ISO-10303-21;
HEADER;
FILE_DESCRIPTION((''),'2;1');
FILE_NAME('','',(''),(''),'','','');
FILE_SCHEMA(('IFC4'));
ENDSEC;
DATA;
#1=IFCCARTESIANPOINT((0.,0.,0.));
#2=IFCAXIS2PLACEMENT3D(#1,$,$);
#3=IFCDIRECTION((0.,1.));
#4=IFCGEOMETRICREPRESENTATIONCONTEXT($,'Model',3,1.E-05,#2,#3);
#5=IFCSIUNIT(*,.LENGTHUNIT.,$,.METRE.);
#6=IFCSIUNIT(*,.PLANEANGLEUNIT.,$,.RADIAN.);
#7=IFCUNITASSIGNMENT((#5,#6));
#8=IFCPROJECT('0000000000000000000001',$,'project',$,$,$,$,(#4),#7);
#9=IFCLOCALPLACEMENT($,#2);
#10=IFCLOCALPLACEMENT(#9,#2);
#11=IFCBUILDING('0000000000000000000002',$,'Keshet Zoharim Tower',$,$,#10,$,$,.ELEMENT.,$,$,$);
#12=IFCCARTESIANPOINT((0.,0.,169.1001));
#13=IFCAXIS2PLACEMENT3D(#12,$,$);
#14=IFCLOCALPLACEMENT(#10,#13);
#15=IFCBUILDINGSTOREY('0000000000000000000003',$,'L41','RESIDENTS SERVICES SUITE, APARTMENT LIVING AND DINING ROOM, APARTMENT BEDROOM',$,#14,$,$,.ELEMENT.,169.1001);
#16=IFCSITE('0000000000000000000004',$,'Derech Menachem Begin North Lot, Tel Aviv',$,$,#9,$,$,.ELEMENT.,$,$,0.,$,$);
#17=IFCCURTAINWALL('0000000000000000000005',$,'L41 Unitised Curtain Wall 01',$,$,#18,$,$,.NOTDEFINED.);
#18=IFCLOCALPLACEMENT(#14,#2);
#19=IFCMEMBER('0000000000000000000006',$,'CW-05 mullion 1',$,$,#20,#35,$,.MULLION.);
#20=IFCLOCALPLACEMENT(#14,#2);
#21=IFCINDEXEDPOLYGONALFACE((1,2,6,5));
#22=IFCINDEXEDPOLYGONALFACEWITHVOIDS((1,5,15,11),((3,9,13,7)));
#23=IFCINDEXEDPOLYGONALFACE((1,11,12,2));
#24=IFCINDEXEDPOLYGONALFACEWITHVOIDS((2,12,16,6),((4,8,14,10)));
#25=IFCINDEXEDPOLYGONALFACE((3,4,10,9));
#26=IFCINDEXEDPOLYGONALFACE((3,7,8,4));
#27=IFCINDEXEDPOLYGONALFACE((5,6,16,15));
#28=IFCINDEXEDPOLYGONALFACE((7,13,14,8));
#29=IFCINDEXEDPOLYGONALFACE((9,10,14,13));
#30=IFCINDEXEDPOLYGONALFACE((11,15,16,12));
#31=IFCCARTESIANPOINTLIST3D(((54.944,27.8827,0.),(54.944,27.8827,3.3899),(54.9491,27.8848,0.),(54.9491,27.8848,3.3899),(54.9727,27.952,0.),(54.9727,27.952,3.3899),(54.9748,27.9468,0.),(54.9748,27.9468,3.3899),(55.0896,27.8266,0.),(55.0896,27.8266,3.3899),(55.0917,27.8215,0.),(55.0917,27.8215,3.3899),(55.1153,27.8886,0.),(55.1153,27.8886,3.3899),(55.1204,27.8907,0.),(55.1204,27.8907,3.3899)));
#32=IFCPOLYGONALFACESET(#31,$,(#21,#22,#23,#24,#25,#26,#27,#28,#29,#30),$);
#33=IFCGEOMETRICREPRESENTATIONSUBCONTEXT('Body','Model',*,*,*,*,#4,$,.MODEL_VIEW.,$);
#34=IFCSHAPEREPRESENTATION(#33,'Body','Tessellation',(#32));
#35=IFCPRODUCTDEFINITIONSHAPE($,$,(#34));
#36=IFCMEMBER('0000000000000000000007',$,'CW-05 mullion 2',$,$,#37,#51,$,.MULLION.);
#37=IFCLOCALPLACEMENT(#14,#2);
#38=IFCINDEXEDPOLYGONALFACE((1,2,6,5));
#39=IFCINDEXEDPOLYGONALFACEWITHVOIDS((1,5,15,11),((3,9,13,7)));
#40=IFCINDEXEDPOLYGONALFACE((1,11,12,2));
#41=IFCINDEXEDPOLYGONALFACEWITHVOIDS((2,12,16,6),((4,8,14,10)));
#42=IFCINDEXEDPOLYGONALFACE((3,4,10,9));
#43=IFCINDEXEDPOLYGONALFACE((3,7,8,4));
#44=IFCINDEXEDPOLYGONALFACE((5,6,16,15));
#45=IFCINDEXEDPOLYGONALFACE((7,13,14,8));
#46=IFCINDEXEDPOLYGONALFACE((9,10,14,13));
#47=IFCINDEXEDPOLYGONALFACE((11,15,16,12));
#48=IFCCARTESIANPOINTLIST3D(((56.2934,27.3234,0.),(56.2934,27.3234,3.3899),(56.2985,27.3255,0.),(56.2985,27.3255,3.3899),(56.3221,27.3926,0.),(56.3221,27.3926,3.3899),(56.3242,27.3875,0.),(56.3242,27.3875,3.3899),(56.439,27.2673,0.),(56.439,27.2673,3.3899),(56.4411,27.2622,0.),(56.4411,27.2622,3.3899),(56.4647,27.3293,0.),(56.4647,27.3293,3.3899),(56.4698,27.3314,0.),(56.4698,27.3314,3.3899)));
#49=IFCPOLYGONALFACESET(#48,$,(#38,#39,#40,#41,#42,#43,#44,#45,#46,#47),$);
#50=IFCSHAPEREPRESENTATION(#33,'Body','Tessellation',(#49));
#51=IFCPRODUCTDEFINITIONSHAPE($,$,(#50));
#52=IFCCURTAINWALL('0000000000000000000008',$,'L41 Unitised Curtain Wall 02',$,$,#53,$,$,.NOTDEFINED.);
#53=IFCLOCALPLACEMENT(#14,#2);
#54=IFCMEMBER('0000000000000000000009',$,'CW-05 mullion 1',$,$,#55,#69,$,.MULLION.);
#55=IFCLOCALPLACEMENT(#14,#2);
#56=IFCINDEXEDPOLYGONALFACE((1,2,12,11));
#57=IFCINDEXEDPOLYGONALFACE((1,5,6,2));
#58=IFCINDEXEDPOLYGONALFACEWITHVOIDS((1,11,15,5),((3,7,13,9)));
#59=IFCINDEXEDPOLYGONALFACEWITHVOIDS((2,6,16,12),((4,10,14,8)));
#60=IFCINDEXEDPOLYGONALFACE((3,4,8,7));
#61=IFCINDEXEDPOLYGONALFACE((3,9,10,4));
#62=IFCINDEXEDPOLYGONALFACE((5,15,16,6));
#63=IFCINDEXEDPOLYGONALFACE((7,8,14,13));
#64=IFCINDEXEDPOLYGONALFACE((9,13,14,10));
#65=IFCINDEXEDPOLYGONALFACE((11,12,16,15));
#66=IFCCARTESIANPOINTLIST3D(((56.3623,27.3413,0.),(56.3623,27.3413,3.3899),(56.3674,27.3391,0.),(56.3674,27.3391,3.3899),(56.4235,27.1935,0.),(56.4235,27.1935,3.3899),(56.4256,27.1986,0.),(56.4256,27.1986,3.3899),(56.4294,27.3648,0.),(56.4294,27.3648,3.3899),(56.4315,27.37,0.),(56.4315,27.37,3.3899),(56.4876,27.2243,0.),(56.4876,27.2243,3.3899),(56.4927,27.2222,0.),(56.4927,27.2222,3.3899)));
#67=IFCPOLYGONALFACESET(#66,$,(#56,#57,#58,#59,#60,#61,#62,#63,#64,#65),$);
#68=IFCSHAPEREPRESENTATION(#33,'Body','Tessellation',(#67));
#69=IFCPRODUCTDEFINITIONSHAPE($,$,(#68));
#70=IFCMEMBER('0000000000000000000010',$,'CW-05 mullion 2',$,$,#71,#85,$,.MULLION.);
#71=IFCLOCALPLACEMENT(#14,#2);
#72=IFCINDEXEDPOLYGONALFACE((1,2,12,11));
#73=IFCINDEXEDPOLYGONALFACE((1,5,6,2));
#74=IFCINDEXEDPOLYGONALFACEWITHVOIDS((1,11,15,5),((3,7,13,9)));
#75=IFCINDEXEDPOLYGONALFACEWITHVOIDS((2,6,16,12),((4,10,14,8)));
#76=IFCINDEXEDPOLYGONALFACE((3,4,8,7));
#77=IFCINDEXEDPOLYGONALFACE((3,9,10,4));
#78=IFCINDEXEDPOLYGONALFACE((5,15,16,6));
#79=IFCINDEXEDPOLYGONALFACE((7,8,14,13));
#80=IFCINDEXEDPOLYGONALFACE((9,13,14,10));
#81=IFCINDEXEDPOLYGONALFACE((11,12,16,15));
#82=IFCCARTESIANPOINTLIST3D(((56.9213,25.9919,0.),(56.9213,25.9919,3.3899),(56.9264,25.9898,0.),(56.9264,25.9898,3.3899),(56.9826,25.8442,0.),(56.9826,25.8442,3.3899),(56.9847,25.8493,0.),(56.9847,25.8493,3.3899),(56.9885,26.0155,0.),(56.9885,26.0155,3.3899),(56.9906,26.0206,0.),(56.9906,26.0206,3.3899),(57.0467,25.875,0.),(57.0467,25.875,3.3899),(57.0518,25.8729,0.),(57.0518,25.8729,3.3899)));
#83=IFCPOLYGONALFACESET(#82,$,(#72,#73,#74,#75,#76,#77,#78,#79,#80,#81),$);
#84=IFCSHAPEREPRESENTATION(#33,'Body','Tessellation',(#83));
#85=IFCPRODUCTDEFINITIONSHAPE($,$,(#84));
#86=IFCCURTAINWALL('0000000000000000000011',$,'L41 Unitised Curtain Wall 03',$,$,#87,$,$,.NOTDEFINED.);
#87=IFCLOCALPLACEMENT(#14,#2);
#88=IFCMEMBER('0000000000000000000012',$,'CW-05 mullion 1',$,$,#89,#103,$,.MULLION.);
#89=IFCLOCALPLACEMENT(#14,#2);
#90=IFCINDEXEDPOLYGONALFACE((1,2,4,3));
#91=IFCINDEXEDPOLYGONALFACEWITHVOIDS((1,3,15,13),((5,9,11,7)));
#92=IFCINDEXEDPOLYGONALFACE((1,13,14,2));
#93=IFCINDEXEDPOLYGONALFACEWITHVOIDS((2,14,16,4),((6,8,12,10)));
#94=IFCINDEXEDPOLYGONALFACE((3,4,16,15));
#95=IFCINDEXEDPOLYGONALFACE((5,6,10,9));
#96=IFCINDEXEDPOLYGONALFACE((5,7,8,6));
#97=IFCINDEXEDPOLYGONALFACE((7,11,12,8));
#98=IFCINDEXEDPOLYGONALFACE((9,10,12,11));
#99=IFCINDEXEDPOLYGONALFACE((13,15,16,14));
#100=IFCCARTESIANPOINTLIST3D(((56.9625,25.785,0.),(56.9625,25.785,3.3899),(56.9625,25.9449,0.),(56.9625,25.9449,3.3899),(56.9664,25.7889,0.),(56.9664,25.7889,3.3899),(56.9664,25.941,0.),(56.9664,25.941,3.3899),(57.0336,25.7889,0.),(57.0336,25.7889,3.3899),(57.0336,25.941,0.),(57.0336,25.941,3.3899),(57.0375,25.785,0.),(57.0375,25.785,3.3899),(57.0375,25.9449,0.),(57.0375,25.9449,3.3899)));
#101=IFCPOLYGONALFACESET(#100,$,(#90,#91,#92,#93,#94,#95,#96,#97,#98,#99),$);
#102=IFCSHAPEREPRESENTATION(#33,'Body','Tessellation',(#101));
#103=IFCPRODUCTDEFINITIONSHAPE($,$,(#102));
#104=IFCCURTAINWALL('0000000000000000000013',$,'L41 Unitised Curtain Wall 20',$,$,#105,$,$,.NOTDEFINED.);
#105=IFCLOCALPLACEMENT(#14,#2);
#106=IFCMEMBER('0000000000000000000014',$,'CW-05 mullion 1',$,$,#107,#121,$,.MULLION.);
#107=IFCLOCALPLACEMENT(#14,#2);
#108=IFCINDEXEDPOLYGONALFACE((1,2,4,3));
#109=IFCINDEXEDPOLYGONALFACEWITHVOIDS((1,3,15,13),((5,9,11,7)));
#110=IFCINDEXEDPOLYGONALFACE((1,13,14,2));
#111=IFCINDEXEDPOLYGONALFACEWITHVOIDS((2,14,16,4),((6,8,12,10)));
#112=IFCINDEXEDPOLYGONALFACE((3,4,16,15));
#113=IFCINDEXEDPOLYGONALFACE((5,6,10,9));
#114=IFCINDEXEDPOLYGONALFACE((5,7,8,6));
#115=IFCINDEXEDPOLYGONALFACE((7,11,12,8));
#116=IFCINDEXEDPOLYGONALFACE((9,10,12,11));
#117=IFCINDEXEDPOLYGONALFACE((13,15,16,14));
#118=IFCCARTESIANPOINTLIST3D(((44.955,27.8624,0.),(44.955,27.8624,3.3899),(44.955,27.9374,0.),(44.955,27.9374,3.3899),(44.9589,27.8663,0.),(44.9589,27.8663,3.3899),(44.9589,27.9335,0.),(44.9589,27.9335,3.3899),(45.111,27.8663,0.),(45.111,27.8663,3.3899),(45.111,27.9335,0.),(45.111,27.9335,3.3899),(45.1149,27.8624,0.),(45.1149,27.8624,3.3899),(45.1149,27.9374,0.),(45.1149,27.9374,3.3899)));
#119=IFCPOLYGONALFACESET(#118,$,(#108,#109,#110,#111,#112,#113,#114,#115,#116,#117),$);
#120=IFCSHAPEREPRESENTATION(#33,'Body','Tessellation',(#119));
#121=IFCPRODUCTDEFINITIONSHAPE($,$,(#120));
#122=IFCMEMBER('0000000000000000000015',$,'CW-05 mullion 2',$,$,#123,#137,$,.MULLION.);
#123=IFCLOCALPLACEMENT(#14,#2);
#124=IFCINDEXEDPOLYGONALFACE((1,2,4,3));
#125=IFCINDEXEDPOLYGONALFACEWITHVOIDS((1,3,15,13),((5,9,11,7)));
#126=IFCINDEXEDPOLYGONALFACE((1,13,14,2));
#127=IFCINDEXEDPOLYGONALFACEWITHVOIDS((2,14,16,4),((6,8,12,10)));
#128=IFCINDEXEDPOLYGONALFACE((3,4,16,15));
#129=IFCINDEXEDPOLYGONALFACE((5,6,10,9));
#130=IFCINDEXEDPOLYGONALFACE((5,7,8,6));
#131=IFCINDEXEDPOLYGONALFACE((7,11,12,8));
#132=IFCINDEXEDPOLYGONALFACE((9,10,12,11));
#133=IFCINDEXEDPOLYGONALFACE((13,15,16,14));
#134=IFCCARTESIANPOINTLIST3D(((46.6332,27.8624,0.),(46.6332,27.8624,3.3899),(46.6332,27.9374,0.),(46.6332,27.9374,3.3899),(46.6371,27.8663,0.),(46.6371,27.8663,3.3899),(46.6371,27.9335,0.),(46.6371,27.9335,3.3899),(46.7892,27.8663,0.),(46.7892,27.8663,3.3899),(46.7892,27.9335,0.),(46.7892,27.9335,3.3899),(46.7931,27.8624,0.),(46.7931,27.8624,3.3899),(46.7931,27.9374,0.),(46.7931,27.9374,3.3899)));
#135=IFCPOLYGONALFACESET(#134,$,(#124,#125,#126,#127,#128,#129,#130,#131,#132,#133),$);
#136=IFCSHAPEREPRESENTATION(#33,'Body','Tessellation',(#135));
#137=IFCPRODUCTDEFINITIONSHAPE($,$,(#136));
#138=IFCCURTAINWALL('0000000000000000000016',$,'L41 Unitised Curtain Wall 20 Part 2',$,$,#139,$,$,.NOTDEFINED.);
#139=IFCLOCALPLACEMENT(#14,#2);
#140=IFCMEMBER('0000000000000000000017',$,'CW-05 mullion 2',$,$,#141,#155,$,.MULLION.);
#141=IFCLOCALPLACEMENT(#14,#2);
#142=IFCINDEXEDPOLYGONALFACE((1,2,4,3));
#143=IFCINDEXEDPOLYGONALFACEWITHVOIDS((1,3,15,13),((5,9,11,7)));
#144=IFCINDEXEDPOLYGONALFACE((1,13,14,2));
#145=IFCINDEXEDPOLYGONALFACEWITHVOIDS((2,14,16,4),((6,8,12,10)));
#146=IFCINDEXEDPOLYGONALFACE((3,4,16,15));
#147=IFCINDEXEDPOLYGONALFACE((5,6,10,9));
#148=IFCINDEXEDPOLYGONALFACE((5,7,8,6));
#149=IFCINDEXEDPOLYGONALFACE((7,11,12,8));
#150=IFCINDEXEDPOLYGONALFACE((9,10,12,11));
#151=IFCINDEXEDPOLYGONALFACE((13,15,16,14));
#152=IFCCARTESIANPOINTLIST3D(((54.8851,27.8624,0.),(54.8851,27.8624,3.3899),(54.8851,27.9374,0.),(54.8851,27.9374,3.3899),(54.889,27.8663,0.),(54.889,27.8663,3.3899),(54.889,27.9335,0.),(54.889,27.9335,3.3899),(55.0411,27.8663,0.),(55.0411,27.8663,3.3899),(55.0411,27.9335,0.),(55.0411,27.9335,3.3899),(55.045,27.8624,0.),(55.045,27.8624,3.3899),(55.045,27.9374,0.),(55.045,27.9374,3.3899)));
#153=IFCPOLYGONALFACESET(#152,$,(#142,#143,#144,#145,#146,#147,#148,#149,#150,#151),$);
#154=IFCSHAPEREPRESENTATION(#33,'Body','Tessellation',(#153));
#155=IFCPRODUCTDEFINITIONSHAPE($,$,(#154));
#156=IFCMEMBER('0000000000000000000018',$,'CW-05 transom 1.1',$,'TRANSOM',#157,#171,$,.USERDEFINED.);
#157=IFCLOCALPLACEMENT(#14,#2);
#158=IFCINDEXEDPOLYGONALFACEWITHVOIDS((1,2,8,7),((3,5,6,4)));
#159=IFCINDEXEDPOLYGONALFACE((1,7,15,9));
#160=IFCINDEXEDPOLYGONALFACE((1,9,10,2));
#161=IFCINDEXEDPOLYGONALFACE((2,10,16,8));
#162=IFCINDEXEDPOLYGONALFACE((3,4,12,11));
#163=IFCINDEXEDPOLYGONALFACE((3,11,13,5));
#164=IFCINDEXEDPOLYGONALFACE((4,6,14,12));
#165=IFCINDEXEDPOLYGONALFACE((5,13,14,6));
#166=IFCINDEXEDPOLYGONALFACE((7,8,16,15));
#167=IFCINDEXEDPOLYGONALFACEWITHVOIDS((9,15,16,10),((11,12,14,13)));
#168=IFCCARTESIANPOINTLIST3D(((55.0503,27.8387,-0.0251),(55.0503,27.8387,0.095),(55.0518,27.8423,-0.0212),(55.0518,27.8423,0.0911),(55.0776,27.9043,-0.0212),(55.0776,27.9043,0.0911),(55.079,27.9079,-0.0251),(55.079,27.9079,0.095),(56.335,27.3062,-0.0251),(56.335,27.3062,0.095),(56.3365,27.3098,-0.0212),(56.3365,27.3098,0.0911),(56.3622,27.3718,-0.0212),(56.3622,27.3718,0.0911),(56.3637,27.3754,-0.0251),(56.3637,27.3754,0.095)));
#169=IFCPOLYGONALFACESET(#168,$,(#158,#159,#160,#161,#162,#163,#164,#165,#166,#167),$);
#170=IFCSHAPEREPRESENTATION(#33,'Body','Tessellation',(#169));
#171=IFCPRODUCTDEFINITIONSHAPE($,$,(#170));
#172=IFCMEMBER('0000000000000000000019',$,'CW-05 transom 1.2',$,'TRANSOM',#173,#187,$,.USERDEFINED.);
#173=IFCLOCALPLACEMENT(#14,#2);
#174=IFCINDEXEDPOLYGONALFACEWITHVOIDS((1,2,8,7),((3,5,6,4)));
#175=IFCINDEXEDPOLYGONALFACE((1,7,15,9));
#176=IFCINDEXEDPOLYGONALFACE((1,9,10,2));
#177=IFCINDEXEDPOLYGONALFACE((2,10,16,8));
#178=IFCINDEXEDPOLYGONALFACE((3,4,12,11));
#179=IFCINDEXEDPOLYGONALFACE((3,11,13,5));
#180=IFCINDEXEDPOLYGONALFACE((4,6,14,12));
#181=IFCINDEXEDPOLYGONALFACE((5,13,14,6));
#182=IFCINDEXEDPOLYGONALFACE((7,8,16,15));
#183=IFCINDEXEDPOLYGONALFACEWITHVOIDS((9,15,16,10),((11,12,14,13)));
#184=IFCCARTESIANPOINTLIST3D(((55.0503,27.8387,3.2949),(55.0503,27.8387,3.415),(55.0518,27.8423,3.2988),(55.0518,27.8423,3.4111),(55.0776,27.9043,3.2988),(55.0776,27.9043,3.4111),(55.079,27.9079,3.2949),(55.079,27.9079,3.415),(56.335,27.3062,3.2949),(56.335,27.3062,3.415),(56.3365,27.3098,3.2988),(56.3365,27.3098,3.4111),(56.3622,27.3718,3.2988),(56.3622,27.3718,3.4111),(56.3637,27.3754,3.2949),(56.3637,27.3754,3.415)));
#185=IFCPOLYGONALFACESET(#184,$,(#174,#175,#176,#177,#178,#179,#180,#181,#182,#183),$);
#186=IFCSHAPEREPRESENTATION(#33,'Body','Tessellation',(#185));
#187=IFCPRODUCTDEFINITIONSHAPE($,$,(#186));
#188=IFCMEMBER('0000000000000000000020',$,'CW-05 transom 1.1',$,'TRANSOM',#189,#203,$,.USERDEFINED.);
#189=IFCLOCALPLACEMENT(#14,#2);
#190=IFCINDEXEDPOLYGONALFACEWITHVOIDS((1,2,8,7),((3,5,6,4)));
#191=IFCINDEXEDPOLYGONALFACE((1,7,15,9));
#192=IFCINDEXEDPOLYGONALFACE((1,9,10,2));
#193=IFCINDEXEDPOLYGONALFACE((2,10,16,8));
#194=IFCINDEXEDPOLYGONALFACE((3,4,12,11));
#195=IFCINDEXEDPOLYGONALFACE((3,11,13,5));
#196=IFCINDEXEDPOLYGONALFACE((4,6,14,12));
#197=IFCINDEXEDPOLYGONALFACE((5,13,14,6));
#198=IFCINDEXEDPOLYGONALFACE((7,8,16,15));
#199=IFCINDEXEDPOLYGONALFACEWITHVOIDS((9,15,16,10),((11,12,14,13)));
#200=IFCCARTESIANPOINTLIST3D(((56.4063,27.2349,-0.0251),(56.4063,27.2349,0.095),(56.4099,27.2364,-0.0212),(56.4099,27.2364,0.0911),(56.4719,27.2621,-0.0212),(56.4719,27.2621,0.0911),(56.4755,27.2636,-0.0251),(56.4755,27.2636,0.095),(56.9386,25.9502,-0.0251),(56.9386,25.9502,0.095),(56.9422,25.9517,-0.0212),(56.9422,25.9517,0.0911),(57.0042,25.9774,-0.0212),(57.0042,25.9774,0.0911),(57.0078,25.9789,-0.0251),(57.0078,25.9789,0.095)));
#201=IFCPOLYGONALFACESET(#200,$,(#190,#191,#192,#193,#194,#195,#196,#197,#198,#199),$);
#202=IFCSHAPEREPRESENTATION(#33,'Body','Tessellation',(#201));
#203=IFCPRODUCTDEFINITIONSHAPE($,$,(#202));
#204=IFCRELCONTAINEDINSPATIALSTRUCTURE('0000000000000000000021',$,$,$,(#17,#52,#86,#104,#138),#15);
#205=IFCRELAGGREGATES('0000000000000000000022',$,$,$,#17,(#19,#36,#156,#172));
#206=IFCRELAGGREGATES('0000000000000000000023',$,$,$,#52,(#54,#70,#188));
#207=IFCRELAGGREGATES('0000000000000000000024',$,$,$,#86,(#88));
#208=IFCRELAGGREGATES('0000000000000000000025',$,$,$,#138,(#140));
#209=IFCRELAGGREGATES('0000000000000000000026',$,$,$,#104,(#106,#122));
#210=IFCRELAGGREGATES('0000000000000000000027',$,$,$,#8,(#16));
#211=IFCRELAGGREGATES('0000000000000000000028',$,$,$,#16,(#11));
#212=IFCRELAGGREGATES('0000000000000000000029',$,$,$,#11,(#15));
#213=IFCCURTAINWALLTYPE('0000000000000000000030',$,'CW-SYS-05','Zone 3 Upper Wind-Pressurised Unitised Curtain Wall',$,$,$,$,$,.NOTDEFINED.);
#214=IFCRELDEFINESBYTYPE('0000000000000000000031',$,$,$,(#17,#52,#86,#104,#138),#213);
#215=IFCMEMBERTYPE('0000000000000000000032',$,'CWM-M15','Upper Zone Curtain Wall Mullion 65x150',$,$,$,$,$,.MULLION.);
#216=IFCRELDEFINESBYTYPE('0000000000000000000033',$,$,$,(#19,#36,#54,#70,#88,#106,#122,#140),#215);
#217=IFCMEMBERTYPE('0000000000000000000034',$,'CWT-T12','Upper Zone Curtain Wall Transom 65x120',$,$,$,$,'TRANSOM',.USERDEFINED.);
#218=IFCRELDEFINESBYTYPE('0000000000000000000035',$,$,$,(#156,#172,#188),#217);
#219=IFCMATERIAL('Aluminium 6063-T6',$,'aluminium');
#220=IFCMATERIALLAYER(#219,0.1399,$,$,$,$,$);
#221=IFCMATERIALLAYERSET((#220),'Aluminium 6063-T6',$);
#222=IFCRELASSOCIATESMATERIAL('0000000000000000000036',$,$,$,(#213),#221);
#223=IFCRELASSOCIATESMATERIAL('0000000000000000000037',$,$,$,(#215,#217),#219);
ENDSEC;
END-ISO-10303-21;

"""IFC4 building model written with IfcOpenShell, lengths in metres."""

from ifc_helpers import new_model, si_unit, direction, frame, origin, origin_2d, place, context, subcontext, project, spatial, hollow_rectangle, extrude, material, layer, layer_set, material_profile, profile_set, type_object, element, aggregate, save


model = new_model("IFC4")

# Units and contexts
model_context = context("Model", 3, precision=1e-05, world=origin(), true_north=direction((0.0, 1.0)))
body_context = subcontext(model_context, "Body", "Model", "MODEL_VIEW")
ifc_project = project(units=[si_unit("LENGTHUNIT", "METRE"), si_unit("PLANEANGLEUNIT", "RADIAN")], contexts=[model_context])

# Site, building, storey
site_placement = place(None, origin())
site = spatial("IfcSite", under=ifc_project, at=site_placement, Name="Derech Menachem Begin North Lot, Tel Aviv", CompositionType="ELEMENT", RefElevation=0.0)
building_placement = place(site_placement, origin())
building = spatial("IfcBuilding", under=site, at=building_placement, Name="Keshet Zoharim Tower", CompositionType="ELEMENT")
storey_placement = place(building_placement, frame((0.0, 0.0, 169.1001)))
storey = spatial("IfcBuildingStorey", under=building, at=storey_placement, Name="L41", Description="RESIDENTS SERVICES SUITE, APARTMENT LIVING AND DINING ROOM, APARTMENT BEDROOM", CompositionType="ELEMENT", Elevation=169.1001)

# Curtain walls, members
ifc_material_1 = material(Name="Aluminium 6063-T6", Category="aluminium")
ifc_layer_1 = layer(ifc_material_1, 0.1399)
ifc_layer_set_1 = layer_set([ifc_layer_1], Name="Aluminium 6063-T6")
curtain_wall_type = type_object("IfcCurtainWallType", Name="CW-SYS-05", Description="Zone 3 Upper Wind-Pressurised Unitised Curtain Wall", PredefinedType="NOTDEFINED", material=ifc_layer_set_1)
curtain_wall_1_placement = place(storey_placement, origin())
curtain_wall_1 = element("IfcCurtainWall", 1, at=curtain_wall_1_placement, inside=storey, type_object=curtain_wall_type, Name="L41 Unitised Curtain Wall 01", PredefinedType="NOTDEFINED")
ifc_material_profile_1 = material_profile(ifc_material_1, hollow_rectangle(XDim=0.075, YDim=0.1599, WallThickness=0.0039, at=origin_2d()), Name="MUL-75x160")
ifc_profile_set_1 = profile_set([ifc_material_profile_1], Name="Aluminium 6063-T6")
member_type_1 = type_object("IfcMemberType", Name="CWM-M15", Description="Upper Zone Curtain Wall Mullion 65x150", PredefinedType="MULLION", material=ifc_profile_set_1)
member_1_placement = place(storey_placement, frame((55.0322, 27.8867, 0.0), z_axis=(0.0, 0.0, 1.0), x_axis=(0.382852, 0.92381, 0.0)))
member_1 = element("IfcMember", 2, at=member_1_placement, type_object=member_type_1, Name="CW-05 mullion 1", PredefinedType="MULLION", context=body_context, shape_type="SweptSolid", body=[
    extrude(hollow_rectangle(XDim=0.075, YDim=0.1599, WallThickness=0.0039, at=origin_2d()), origin(), (0.0, 0.0, 1.0), 3.3899),
])
member_2_placement = place(storey_placement, frame((56.3816, 27.3274, 0.0), z_axis=(0.0, 0.0, 1.0), x_axis=(0.382852, 0.92381, 0.0)))
member_2 = element("IfcMember", 3, at=member_2_placement, type_object=member_type_1, Name="CW-05 mullion 2", PredefinedType="MULLION", context=body_context, shape_type="SweptSolid", body=[
    extrude(hollow_rectangle(XDim=0.075, YDim=0.1599, WallThickness=0.0039, at=origin_2d()), origin(), (0.0, 0.0, 1.0), 3.3899),
])
curtain_wall_2_placement = place(storey_placement, origin())
curtain_wall_2 = element("IfcCurtainWall", 4, at=curtain_wall_2_placement, inside=storey, type_object=curtain_wall_type, Name="L41 Unitised Curtain Wall 02", PredefinedType="NOTDEFINED")
member_3_placement = place(storey_placement, frame((56.4275, 27.2817, 0.0), z_axis=(0.0, 0.0, 1.0), x_axis=(0.92381, 0.382852, 0.0)))
member_3 = element("IfcMember", 5, at=member_3_placement, type_object=member_type_1, Name="CW-05 mullion 1", PredefinedType="MULLION", context=body_context, shape_type="SweptSolid", body=[
    extrude(hollow_rectangle(XDim=0.075, YDim=0.1599, WallThickness=0.0039, at=origin_2d()), origin(), (0.0, 0.0, 1.0), 3.3899),
])
member_4_placement = place(storey_placement, frame((56.9866, 25.9324, 0.0), z_axis=(0.0, 0.0, 1.0), x_axis=(0.92381, 0.382852, 0.0)))
member_4 = element("IfcMember", 6, at=member_4_placement, type_object=member_type_1, Name="CW-05 mullion 2", PredefinedType="MULLION", context=body_context, shape_type="SweptSolid", body=[
    extrude(hollow_rectangle(XDim=0.075, YDim=0.1599, WallThickness=0.0039, at=origin_2d()), origin(), (0.0, 0.0, 1.0), 3.3899),
])

# Curtain wall, member
curtain_wall_3_placement = place(storey_placement, origin())
curtain_wall_3 = element("IfcCurtainWall", 7, at=curtain_wall_3_placement, inside=storey, type_object=curtain_wall_type, Name="L41 Unitised Curtain Wall 03", PredefinedType="NOTDEFINED")
member_5_placement = place(storey_placement, frame((57.0, 25.865, 0.0), z_axis=(0.0, 0.0, 1.0), x_axis=(1.0, 0.0, 0.0)))
member_5 = element("IfcMember", 8, at=member_5_placement, type_object=member_type_1, Name="CW-05 mullion 1", PredefinedType="MULLION", context=body_context, shape_type="SweptSolid", body=[
    extrude(hollow_rectangle(XDim=0.075, YDim=0.1599, WallThickness=0.0039, at=origin_2d()), origin(), (0.0, 0.0, 1.0), 3.3899),
])

# Curtain wall, members
curtain_wall_4_placement = place(storey_placement, origin())
curtain_wall_4 = element("IfcCurtainWall", 9, at=curtain_wall_4_placement, inside=storey, type_object=curtain_wall_type, Name="L41 Unitised Curtain Wall 20", PredefinedType="NOTDEFINED")
member_6_placement = place(storey_placement, frame((45.0349, 27.8999, 0.0), z_axis=(0.0, 0.0, 1.0), x_axis=(0.0, 1.0, 0.0)))
member_6 = element("IfcMember", 10, at=member_6_placement, type_object=member_type_1, Name="CW-05 mullion 1", PredefinedType="MULLION", context=body_context, shape_type="SweptSolid", body=[
    extrude(hollow_rectangle(XDim=0.075, YDim=0.1599, WallThickness=0.0039, at=origin_2d()), origin(), (0.0, 0.0, 1.0), 3.3899),
])
member_7_placement = place(storey_placement, frame((46.7131, 27.8999, 0.0), z_axis=(0.0, 0.0, 1.0), x_axis=(0.0, 1.0, 0.0)))
member_7 = element("IfcMember", 11, at=member_7_placement, type_object=member_type_1, Name="CW-05 mullion 2", PredefinedType="MULLION", context=body_context, shape_type="SweptSolid", body=[
    extrude(hollow_rectangle(XDim=0.075, YDim=0.1599, WallThickness=0.0039, at=origin_2d()), origin(), (0.0, 0.0, 1.0), 3.3899),
])

# Curtain wall, member
curtain_wall_5_placement = place(storey_placement, origin())
curtain_wall_5 = element("IfcCurtainWall", 12, at=curtain_wall_5_placement, inside=storey, type_object=curtain_wall_type, Name="L41 Unitised Curtain Wall 20 Part 2", PredefinedType="NOTDEFINED")
member_8_placement = place(storey_placement, frame((54.9651, 27.8999, 0.0), z_axis=(0.0, 0.0, 1.0), x_axis=(0.0, 1.0, 0.0)))
member_8 = element("IfcMember", 13, at=member_8_placement, type_object=member_type_1, Name="CW-05 mullion 2", PredefinedType="MULLION", context=body_context, shape_type="SweptSolid", body=[
    extrude(hollow_rectangle(XDim=0.075, YDim=0.1599, WallThickness=0.0039, at=origin_2d()), origin(), (0.0, 0.0, 1.0), 3.3899),
])

# Members
ifc_material_profile_2 = material_profile(ifc_material_1, hollow_rectangle(XDim=0.075, YDim=0.1201, WallThickness=0.0039, at=origin_2d()), Name="TRN-75x120")
ifc_profile_set_2 = profile_set([ifc_material_profile_2], Name="Aluminium 6063-T6")
member_type_2 = type_object("IfcMemberType", Name="CWT-T12", Description="Upper Zone Curtain Wall Transom 65x120", ElementType="TRANSOM", PredefinedType="USERDEFINED", material=ifc_profile_set_2)
member_9_placement = place(storey_placement, frame((55.0647, 27.8733, 0.0349), z_axis=(0.923792, -0.382894, 0.0), x_axis=(0.382894, 0.923792, 0.0)))
member_9 = element("IfcMember", 14, at=member_9_placement, type_object=member_type_2, Name="CW-05 transom 1.1", ObjectType="TRANSOM", PredefinedType="USERDEFINED", context=body_context, shape_type="SweptSolid", body=[
    extrude(hollow_rectangle(XDim=0.075, YDim=0.1201, WallThickness=0.0039, at=origin_2d()), origin(), (0.0, 0.0, 1.0), 1.3906),
])
member_10_placement = place(storey_placement, frame((55.0647, 27.8733, 3.355), z_axis=(0.923792, -0.382894, 0.0), x_axis=(0.382894, 0.923792, 0.0)))
member_10 = element("IfcMember", 15, at=member_10_placement, type_object=member_type_2, Name="CW-05 transom 1.2", ObjectType="TRANSOM", PredefinedType="USERDEFINED", context=body_context, shape_type="SweptSolid", body=[
    extrude(hollow_rectangle(XDim=0.075, YDim=0.1201, WallThickness=0.0039, at=origin_2d()), origin(), (0.0, 0.0, 1.0), 1.3906),
])
member_11_placement = place(storey_placement, frame((56.4409, 27.2493, 0.0349), z_axis=(0.382745, -0.923854, 0.0), x_axis=(0.923854, 0.382745, 0.0)))
member_11 = element("IfcMember", 16, at=member_11_placement, type_object=member_type_2, Name="CW-05 transom 1.1", ObjectType="TRANSOM", PredefinedType="USERDEFINED", context=body_context, shape_type="SweptSolid", body=[
    extrude(hollow_rectangle(XDim=0.075, YDim=0.1201, WallThickness=0.0039, at=origin_2d()), origin(), (0.0, 0.0, 1.0), 1.3906),
])

aggregate(curtain_wall_1, [member_1, member_2, member_9, member_10])
aggregate(curtain_wall_2, [member_3, member_4, member_11])
aggregate(curtain_wall_3, [member_5])
aggregate(curtain_wall_5, [member_8])
aggregate(curtain_wall_4, [member_6, member_7])

save(model, "model.ifc")
